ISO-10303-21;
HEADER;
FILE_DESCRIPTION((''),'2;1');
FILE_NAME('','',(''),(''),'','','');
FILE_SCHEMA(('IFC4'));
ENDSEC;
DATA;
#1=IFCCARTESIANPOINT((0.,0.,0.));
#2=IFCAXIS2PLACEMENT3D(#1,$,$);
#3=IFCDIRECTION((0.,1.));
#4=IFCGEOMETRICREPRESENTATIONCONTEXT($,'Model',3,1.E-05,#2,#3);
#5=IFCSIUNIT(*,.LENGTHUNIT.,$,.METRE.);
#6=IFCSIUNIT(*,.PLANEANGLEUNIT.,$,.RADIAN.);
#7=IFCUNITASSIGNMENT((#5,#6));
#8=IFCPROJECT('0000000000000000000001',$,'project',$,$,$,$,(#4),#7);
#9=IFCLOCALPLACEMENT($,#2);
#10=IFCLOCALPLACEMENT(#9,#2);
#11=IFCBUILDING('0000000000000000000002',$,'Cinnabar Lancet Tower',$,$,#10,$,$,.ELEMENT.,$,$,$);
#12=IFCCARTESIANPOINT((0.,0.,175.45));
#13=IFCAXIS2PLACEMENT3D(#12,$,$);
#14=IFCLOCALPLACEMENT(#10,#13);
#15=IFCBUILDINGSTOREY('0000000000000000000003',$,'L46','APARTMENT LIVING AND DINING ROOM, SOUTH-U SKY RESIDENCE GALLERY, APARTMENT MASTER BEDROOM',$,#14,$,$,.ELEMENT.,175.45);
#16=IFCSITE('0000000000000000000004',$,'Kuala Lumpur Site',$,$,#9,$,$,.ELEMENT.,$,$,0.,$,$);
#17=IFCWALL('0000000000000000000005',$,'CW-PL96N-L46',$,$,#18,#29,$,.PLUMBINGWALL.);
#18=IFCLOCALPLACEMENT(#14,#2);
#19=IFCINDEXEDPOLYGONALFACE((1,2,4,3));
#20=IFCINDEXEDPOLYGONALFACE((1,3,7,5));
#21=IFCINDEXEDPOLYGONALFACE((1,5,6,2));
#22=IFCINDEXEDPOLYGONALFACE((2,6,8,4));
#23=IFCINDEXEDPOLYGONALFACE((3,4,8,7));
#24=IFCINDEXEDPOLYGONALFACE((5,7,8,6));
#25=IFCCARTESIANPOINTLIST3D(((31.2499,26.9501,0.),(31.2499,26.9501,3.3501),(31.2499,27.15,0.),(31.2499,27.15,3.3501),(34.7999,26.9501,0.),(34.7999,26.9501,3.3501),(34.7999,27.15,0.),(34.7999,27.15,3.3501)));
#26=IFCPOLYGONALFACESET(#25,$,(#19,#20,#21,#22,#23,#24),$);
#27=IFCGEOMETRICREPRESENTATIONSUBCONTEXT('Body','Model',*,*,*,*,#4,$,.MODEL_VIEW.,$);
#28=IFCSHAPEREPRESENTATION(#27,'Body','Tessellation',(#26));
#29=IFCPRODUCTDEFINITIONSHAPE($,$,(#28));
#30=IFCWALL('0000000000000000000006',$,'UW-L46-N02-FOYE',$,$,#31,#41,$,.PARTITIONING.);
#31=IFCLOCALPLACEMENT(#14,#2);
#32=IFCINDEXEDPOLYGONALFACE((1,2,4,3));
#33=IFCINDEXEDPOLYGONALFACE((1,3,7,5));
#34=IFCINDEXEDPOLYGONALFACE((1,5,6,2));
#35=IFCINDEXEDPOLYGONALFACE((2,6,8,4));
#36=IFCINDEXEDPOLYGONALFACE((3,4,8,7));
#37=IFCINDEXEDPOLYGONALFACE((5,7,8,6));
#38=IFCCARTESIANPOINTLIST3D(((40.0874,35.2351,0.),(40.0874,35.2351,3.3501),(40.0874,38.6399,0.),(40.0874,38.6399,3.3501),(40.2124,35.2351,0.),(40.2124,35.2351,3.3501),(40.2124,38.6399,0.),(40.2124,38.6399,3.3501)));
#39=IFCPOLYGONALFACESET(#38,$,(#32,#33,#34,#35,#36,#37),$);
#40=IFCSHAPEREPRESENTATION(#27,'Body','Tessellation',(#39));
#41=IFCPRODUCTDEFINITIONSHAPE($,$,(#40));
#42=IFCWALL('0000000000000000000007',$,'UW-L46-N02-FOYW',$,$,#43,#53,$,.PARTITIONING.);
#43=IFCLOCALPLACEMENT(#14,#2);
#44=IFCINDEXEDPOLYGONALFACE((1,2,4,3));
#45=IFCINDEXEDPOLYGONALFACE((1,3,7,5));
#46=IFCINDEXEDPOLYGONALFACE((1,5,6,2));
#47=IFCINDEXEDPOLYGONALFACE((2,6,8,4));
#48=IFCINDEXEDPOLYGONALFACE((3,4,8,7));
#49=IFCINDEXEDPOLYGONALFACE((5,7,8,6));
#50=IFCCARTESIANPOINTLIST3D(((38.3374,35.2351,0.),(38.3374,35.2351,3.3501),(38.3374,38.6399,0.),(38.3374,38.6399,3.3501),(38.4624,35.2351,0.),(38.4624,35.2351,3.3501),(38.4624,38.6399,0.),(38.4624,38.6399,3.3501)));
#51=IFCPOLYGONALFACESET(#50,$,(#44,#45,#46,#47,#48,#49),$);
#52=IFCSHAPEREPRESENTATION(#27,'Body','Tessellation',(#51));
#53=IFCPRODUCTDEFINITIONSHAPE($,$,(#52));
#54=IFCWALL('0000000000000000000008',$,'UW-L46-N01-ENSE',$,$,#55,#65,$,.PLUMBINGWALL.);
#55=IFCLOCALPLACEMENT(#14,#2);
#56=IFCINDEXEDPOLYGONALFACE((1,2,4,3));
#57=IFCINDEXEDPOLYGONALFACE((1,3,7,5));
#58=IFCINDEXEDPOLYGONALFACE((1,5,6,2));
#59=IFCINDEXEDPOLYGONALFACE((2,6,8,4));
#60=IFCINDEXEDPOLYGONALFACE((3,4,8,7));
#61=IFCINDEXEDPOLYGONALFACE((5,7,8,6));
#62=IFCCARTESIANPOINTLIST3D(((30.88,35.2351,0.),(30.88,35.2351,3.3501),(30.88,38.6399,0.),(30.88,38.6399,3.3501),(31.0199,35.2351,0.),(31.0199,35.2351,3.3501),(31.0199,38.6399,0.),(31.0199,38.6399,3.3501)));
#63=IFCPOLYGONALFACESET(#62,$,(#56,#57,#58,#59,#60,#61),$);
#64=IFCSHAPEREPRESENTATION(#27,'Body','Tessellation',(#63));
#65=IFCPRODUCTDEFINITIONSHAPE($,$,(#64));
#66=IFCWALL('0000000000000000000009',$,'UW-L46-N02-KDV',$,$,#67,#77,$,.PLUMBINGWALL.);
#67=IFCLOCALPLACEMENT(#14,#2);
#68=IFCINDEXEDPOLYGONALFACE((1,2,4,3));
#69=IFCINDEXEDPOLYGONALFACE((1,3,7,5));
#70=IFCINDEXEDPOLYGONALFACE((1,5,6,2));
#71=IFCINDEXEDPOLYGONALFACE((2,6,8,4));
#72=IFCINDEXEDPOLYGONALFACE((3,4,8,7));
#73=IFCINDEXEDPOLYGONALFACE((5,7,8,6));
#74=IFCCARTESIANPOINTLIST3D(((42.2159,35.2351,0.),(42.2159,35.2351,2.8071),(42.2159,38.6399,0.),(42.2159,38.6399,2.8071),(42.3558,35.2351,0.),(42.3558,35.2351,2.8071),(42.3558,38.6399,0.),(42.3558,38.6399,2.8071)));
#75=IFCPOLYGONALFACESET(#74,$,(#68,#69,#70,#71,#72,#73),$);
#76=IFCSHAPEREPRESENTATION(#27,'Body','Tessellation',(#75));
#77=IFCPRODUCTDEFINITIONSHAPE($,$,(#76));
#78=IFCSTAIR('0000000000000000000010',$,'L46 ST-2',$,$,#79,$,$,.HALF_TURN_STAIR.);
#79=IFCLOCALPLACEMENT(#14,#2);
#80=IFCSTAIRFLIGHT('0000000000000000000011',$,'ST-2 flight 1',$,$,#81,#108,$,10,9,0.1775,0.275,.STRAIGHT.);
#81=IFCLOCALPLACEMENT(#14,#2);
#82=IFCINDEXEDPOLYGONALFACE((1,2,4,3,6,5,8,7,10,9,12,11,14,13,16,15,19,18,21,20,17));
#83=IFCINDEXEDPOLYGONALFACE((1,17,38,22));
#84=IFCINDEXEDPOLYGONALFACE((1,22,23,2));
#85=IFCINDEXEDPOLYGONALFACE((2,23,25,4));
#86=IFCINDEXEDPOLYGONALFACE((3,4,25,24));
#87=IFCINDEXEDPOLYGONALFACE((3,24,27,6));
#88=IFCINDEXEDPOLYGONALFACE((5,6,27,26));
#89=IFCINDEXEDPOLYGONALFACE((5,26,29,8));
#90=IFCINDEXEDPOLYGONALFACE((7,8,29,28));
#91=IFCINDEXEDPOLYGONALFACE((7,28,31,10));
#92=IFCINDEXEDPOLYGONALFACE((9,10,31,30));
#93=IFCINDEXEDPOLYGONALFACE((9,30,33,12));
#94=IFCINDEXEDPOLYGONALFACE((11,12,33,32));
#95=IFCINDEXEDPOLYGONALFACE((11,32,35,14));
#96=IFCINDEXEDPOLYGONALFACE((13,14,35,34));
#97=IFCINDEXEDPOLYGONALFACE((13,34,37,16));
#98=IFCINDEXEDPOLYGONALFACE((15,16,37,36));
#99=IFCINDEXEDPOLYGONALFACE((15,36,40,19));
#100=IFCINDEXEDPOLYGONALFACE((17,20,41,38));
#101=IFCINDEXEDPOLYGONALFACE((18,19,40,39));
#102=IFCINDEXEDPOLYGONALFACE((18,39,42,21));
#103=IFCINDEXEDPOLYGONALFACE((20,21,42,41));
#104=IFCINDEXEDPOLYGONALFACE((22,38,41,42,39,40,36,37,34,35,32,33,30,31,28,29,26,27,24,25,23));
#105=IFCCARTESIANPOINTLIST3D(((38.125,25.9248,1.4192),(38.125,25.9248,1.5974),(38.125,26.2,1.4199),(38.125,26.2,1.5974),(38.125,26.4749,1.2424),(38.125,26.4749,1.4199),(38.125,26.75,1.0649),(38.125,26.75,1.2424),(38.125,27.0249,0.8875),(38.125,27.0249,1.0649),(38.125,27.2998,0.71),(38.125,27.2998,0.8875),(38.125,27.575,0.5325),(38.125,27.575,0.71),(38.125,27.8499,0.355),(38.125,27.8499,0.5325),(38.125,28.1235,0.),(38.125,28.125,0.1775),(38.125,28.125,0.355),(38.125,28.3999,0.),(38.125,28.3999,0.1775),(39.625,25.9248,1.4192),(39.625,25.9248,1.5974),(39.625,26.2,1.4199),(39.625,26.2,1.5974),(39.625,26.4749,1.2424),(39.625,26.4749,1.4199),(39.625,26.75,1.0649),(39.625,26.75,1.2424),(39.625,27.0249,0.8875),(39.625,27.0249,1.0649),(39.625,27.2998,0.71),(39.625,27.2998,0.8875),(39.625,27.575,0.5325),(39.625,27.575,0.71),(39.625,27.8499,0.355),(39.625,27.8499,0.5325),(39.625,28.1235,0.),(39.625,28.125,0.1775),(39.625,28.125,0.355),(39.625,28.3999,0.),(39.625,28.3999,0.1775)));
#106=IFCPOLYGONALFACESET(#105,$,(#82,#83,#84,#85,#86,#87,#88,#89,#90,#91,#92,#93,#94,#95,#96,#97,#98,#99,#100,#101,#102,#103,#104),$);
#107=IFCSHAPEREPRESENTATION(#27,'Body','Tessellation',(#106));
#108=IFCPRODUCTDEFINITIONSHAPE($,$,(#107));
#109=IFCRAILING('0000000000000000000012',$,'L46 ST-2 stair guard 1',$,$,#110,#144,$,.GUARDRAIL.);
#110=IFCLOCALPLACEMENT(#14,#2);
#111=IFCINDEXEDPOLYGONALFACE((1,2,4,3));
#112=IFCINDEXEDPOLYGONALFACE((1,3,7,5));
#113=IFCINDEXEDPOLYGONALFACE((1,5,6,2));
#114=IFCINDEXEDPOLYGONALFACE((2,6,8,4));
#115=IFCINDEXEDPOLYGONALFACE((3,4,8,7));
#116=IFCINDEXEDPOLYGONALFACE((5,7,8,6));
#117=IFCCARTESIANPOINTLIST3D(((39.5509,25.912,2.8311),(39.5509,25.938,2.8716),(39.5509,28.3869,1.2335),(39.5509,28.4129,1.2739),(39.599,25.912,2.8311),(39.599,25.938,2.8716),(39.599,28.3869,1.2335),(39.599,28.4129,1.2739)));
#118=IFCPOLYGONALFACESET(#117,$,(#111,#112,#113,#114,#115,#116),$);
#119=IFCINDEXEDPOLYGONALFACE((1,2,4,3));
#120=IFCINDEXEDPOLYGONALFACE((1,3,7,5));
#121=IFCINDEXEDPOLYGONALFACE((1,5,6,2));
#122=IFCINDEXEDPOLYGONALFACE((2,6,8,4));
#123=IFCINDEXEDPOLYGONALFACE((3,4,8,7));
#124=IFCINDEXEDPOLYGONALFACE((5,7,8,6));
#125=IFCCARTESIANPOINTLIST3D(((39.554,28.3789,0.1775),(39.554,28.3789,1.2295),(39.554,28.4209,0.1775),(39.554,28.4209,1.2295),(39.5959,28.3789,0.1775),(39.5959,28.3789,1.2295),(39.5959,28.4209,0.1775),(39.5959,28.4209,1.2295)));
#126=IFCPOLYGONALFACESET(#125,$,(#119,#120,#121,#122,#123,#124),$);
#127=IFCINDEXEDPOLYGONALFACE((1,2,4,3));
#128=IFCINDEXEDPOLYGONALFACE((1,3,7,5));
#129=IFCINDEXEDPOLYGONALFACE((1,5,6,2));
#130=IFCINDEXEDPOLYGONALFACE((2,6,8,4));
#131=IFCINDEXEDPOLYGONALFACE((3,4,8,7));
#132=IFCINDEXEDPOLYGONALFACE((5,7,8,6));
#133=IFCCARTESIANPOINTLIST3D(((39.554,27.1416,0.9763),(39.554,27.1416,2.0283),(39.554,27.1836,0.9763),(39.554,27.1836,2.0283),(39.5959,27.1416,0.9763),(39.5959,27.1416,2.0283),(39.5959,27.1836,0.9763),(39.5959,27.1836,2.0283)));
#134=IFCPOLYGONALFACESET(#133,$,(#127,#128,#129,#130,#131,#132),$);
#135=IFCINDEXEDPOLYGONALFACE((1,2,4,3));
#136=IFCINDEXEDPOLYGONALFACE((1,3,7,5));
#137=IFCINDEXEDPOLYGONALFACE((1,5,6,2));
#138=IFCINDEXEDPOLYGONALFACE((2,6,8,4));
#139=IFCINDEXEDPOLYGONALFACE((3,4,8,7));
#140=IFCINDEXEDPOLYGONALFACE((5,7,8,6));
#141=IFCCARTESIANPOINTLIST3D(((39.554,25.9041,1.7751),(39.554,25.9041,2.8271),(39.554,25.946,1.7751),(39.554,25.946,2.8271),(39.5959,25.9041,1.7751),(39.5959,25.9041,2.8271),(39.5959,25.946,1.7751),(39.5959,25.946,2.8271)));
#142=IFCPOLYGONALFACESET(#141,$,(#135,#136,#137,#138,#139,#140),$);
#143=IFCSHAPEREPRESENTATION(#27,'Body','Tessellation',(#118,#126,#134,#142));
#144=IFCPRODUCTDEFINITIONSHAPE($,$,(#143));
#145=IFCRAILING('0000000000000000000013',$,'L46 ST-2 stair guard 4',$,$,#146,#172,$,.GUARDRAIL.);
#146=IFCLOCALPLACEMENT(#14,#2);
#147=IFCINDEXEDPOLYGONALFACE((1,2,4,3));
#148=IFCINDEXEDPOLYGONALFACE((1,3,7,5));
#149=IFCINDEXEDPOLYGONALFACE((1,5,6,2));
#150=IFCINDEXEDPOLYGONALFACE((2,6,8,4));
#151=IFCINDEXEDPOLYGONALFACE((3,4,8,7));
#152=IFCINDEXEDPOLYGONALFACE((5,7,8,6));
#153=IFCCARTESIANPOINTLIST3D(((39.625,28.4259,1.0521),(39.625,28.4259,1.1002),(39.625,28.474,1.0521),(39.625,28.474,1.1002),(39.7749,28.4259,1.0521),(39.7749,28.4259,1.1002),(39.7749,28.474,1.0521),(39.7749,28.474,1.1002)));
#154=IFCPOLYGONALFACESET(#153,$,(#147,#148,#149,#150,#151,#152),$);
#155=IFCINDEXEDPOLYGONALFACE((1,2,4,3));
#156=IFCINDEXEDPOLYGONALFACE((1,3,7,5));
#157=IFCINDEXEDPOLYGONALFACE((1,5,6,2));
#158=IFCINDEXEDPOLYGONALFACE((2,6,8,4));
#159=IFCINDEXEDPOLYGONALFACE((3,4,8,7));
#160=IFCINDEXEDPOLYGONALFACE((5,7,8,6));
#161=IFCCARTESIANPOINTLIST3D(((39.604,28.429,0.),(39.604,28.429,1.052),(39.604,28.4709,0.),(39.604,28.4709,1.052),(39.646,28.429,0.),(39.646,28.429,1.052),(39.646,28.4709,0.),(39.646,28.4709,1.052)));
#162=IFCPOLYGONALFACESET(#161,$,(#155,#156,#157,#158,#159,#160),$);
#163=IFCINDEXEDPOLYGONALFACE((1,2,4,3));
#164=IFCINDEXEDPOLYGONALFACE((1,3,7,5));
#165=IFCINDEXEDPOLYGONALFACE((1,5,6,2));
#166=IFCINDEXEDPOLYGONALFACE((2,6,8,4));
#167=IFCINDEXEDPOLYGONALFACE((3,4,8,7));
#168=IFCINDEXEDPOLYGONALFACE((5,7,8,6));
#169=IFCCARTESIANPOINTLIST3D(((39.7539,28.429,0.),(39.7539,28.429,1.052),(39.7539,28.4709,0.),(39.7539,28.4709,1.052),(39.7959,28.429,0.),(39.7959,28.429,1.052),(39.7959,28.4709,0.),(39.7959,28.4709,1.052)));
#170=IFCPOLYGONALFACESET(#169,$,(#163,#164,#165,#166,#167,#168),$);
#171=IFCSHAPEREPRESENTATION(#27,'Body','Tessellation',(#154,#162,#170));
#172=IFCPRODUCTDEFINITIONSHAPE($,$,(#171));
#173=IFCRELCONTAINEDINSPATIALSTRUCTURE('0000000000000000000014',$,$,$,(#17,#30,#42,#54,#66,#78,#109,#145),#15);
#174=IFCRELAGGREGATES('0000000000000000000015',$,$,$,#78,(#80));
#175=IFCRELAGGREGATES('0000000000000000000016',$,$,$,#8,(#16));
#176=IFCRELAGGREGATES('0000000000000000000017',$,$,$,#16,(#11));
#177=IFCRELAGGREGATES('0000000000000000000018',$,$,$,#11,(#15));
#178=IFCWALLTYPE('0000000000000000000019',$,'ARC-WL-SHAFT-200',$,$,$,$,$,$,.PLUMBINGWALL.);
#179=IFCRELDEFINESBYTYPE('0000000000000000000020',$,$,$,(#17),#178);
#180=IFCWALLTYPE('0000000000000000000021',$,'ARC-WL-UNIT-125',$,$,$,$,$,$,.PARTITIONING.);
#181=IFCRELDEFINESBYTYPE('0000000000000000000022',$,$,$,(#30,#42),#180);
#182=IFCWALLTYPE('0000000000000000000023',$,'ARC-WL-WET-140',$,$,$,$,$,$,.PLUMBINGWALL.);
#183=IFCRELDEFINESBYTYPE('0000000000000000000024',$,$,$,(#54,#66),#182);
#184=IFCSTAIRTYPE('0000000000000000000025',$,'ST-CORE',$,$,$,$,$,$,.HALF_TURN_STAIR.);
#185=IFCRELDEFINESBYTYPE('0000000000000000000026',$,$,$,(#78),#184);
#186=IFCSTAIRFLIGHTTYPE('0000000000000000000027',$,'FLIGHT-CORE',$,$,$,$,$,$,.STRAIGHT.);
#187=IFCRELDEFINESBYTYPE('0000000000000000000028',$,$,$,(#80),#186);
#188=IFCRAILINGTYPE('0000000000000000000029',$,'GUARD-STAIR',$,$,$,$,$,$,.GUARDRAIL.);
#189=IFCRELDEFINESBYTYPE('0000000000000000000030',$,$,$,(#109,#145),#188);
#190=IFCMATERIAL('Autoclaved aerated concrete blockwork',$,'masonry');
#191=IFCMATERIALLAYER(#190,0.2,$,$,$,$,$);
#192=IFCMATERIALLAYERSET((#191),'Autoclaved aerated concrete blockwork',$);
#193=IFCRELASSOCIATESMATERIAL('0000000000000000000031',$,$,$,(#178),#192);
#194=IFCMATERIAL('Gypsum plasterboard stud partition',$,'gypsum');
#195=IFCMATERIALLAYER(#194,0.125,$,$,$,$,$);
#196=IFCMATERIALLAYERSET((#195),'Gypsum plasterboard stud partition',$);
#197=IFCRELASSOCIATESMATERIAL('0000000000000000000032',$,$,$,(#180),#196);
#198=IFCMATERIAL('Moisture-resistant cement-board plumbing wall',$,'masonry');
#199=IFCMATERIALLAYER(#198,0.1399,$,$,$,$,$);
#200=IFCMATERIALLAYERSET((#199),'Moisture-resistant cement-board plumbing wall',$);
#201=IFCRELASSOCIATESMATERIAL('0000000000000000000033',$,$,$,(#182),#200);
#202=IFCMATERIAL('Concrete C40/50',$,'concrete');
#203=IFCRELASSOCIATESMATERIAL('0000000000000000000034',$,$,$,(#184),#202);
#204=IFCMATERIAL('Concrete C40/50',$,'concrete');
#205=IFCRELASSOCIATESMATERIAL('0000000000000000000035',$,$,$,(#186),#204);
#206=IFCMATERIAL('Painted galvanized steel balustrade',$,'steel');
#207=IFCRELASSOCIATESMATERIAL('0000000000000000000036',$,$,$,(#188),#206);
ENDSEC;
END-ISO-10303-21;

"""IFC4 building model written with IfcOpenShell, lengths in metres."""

from ifc_helpers import new_model, si_unit, direction, frame, frame_2d, origin, origin_2d, place, context, subcontext, project, spatial, polyline, rectangle, outline, extrude, material, layer, layer_set, type_object, element, aggregate, save


model = new_model("IFC4")

# Units and contexts
model_context = context("Model", 3, precision=1e-05, world=origin(), true_north=direction((0.0, 1.0)))
body_context = subcontext(model_context, "Body", "Model", "MODEL_VIEW")
ifc_project = project(units=[si_unit("LENGTHUNIT", "METRE"), si_unit("PLANEANGLEUNIT", "RADIAN")], contexts=[model_context])

# Site, building, storey
site_placement = place(None, origin())
site = spatial("IfcSite", under=ifc_project, at=site_placement, Name="Kuala Lumpur Site", CompositionType="ELEMENT", RefElevation=0.0)
building_placement = place(site_placement, origin())
building = spatial("IfcBuilding", under=site, at=building_placement, Name="Cinnabar Lancet Tower", CompositionType="ELEMENT")
storey_placement = place(building_placement, frame((0.0, 0.0, 175.45)))
storey = spatial("IfcBuildingStorey", under=building, at=storey_placement, Name="L46", Description="APARTMENT LIVING AND DINING ROOM, SOUTH-U SKY RESIDENCE GALLERY, APARTMENT MASTER BEDROOM", CompositionType="ELEMENT", Elevation=175.45)

# Shared definitions
ifc_material_1 = material(Name="Autoclaved aerated concrete blockwork", Category="masonry")
ifc_layer_1 = layer(ifc_material_1, 0.2)
ifc_layer_set_1 = layer_set([ifc_layer_1], Name="Autoclaved aerated concrete blockwork")
wall_type_1 = type_object("IfcWallType", Name="ARC-WL-SHAFT-200", PredefinedType="PLUMBINGWALL", material=ifc_layer_set_1)

# Walls
wall_1_placement = place(storey_placement, frame((31.25, 27.05, 0.0), z_axis=(0.0, 0.0, 1.0), x_axis=(1.0, 0.0, 0.0)))
element("IfcWall", 1, at=wall_1_placement, inside=storey, type_object=wall_type_1, Name="CW-PL96N-L46", PredefinedType="PLUMBINGWALL", context=body_context, shape_type="SweptSolid", body=[
    extrude(rectangle(XDim=3.55, YDim=0.2, at=frame_2d((1.7749, 0.0))), origin(), (0.0, 0.0, 1.0), 3.3501),
])
ifc_material_2 = material(Name="Gypsum plasterboard stud partition", Category="gypsum")
ifc_layer_2 = layer(ifc_material_2, 0.125)
ifc_layer_set_2 = layer_set([ifc_layer_2], Name="Gypsum plasterboard stud partition")
wall_type_2 = type_object("IfcWallType", Name="ARC-WL-UNIT-125", PredefinedType="PARTITIONING", material=ifc_layer_set_2)
for number, where, z_axis, x_axis, name in (
    (2, (40.1499, 35.2351, 0.0), (0.0, 0.0, 1.0), (0.0, 1.0, 0.0), "UW-L46-N02-FOYE"),
    (3, (38.3999, 35.2351, 0.0), (0.0, 0.0, 1.0), (0.0, 1.0, 0.0), "UW-L46-N02-FOYW"),
):
    element("IfcWall", number, at=place(storey_placement, frame(where, z_axis=z_axis, x_axis=x_axis)), inside=storey, type_object=wall_type_2, Name=name, PredefinedType="PARTITIONING", context=body_context, shape_type="SweptSolid", body=[
        extrude(rectangle(XDim=3.4048, YDim=0.125, at=frame_2d((1.7024, 0.0))), origin(), (0.0, 0.0, 1.0), 3.3501),
    ])
ifc_material_3 = material(Name="Moisture-resistant cement-board plumbing wall", Category="masonry")
ifc_layer_3 = layer(ifc_material_3, 0.1399)
ifc_layer_set_3 = layer_set([ifc_layer_3], Name="Moisture-resistant cement-board plumbing wall")
wall_type_3 = type_object("IfcWallType", Name="ARC-WL-WET-140", PredefinedType="PLUMBINGWALL", material=ifc_layer_set_3)
wall_2_placement = place(storey_placement, frame((30.95, 35.2351, 0.0), z_axis=(0.0, 0.0, 1.0), x_axis=(0.0, 1.0, 0.0)))
element("IfcWall", 4, at=wall_2_placement, inside=storey, type_object=wall_type_3, Name="UW-L46-N01-ENSE", PredefinedType="PLUMBINGWALL", context=body_context, shape_type="SweptSolid", body=[
    extrude(rectangle(XDim=3.4048, YDim=0.1399, at=frame_2d((1.7024, 0.0))), origin(), (0.0, 0.0, 1.0), 3.3501),
])
wall_3_placement = place(storey_placement, frame((42.2859, 35.2351, 0.0), z_axis=(0.0, 0.0, 1.0), x_axis=(0.0, 1.0, 0.0)))
element("IfcWall", 5, at=wall_3_placement, inside=storey, type_object=wall_type_3, Name="UW-L46-N02-KDV", PredefinedType="PLUMBINGWALL", context=body_context, shape_type="SweptSolid", body=[
    extrude(rectangle(XDim=3.4048, YDim=0.1399, at=frame_2d((1.7024, 0.0))), origin(), (0.0, 0.0, 1.0), 2.8071),
])

# Stair, stair flight
ifc_material_4 = material(Name="Concrete C40/50", Category="concrete")
stair_type = type_object("IfcStairType", Name="ST-CORE", PredefinedType="HALF_TURN_STAIR", material=ifc_material_4)
stair_placement = place(storey_placement, origin())
stair = element("IfcStair", 6, at=stair_placement, inside=storey, type_object=stair_type, Name="L46 ST-2", PredefinedType="HALF_TURN_STAIR")
ifc_material_5 = material(Name="Concrete C40/50", Category="concrete")
stair_flight_type = type_object("IfcStairFlightType", Name="FLIGHT-CORE", PredefinedType="STRAIGHT", material=ifc_material_5)
stair_flight_placement = place(storey_placement, frame((38.875, 28.3999, 0.0), z_axis=(0.0, 0.0, 1.0), x_axis=(0.0, -1.0, 0.0)))
stair_flight = element("IfcStairFlight", 7, at=stair_flight_placement, type_object=stair_flight_type, Name="ST-2 flight 1", NumberOfRisers=10, NumberOfTreads=9, PredefinedType="STRAIGHT", RiserHeight=0.1775, TreadLength=0.275, context=body_context, shape_type="SweptSolid", body=[
    extrude(outline(polyline([(0.0, 0.0), (0.0, 0.1775), (0.2749, 0.1775), (0.2749, 0.355), (0.55, 0.355), (0.55, 0.5325), (0.825, 0.5325), (0.825, 0.71), (1.1001, 0.71), (1.1001, 0.8875), (1.375, 0.8875), (1.375, 1.0649), (1.6499, 1.0649), (1.6499, 1.2424), (1.925, 1.2424), (1.925, 1.4199), (2.2, 1.4199), (2.2, 1.5974), (2.4751, 1.5974), (2.4751, 1.7749), (2.4751, 1.4192), (0.2764, 0.0), (0.0, 0.0)])), frame((0.0, 0.75, 0.0), z_axis=(0.0, -1.0, 0.0), x_axis=(1.0, 0.0, 0.0)), (0.0, 0.0, 1.0), 1.5),
])
aggregate(stair, [stair_flight])

# Railings
ifc_material_6 = material(Name="Painted galvanized steel balustrade", Category="steel")
railing_type_1 = type_object("IfcRailingType", Name="GUARD-STAIR", PredefinedType="GUARDRAIL", material=ifc_material_6)
railing_1_placement = place(storey_placement, frame((39.575, 28.3999, 0.1775)))
element("IfcRailing", 8, at=railing_1_placement, inside=storey, type_object=railing_type_1, Name="L46 ST-2 stair guard 1", PredefinedType="GUARDRAIL", context=body_context, shape_type="SweptSolid", body=[
    extrude(rectangle(XDim=0.0481, YDim=0.0481, at=origin_2d()), frame((0.0, 0.0, 1.0762), z_axis=(0.0, -0.840146, 0.542361), x_axis=(1.0, 0.0, 0.0)), (0.0, 0.0, 1.0), 2.9458),
    extrude(rectangle(XDim=0.042, YDim=0.042, at=origin_2d()), origin(), (0.0, 0.0, 1.0), 1.052),
    extrude(rectangle(XDim=0.042, YDim=0.042, at=origin_2d()), frame((0.0, -1.2373, 0.7988)), (0.0, 0.0, 1.0), 1.052),
    extrude(rectangle(XDim=0.042, YDim=0.042, at=origin_2d()), frame((0.0, -2.4749, 1.5977)), (0.0, 0.0, 1.0), 1.052),
])
railing_2_placement = place(storey_placement, frame((39.625, 28.45, 0.0)))
element("IfcRailing", 9, at=railing_2_placement, inside=storey, type_object=railing_type_1, Name="L46 ST-2 stair guard 4", PredefinedType="GUARDRAIL", context=body_context, shape_type="SweptSolid", body=[
    extrude(rectangle(XDim=0.0481, YDim=0.0481, at=origin_2d()), frame((0.0, 0.0, 1.0762), z_axis=(1.0, 0.0, 0.0), x_axis=(0.0, 1.0, 0.0)), (0.0, 0.0, 1.0), 0.1499),
    extrude(rectangle(XDim=0.042, YDim=0.042, at=origin_2d()), origin(), (0.0, 0.0, 1.0), 1.052),
    extrude(rectangle(XDim=0.042, YDim=0.042, at=origin_2d()), frame((0.1499, 0.0, 0.0)), (0.0, 0.0, 1.0), 1.052),
])

save(model, "model.ifc")
